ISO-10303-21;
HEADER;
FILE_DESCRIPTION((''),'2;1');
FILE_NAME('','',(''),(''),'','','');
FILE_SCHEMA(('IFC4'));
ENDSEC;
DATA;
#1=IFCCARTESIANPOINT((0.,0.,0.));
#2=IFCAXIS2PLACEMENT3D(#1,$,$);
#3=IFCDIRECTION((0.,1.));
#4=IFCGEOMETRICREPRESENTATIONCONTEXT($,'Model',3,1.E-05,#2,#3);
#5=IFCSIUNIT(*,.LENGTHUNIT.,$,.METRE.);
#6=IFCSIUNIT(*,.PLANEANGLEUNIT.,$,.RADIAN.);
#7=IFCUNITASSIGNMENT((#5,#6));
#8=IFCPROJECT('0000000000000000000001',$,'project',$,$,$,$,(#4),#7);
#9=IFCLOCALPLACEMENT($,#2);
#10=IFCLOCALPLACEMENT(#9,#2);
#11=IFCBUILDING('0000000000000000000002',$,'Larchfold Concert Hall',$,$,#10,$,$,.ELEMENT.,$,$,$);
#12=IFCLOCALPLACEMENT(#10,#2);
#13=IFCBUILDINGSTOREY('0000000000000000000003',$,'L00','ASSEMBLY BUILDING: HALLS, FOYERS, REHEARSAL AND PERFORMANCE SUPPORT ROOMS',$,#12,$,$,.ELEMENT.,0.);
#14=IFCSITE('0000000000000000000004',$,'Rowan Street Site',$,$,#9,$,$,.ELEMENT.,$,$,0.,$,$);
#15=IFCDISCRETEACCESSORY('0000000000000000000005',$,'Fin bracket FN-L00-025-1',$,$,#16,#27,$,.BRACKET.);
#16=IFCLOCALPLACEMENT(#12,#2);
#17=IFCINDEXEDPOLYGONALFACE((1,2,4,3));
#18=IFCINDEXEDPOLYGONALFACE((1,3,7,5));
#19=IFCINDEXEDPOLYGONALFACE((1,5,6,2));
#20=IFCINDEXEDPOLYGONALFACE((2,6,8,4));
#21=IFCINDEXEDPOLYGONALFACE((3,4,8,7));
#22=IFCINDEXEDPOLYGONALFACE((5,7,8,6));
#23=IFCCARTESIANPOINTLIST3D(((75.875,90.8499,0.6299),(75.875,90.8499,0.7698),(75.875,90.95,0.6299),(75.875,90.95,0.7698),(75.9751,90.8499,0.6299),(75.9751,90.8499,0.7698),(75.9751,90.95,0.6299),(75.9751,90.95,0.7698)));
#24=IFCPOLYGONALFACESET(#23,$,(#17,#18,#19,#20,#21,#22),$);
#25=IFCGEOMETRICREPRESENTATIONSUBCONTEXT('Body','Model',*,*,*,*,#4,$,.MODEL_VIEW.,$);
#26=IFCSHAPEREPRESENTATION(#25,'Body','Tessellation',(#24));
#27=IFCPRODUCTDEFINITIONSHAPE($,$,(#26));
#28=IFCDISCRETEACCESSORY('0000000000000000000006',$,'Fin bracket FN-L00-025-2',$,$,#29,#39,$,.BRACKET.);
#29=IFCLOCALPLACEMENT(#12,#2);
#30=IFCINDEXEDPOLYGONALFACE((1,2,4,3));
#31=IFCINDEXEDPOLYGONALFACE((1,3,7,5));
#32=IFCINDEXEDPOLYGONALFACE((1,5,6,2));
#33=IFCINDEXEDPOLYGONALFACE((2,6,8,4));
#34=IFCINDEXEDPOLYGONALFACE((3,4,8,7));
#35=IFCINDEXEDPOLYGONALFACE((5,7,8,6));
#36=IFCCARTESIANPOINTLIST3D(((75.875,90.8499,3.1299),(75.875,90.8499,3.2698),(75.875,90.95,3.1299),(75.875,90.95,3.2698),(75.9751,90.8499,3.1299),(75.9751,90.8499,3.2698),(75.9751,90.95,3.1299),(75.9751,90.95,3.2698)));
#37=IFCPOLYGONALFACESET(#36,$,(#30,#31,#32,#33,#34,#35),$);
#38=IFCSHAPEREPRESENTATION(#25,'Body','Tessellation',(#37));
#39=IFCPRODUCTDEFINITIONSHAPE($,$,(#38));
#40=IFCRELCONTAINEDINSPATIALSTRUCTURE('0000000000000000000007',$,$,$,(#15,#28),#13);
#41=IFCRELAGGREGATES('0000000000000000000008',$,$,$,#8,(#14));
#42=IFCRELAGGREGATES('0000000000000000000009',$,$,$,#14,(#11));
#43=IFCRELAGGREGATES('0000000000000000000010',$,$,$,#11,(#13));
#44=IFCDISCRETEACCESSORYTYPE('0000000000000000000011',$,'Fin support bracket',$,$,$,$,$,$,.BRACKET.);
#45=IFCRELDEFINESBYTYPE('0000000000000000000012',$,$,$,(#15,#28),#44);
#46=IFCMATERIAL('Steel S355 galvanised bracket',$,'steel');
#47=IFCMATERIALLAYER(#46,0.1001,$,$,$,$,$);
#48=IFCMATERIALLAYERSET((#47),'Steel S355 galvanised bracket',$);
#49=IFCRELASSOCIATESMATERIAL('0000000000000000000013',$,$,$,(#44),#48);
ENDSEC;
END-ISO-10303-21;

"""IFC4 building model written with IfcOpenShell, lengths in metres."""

from ifc_helpers import new_model, si_unit, direction, frame, origin, origin_2d, place, context, subcontext, project, spatial, rectangle, extrude, material, layer, layer_set, type_object, element, save


model = new_model("IFC4")

# Units and contexts
model_context = context("Model", 3, precision=1e-05, world=origin(), true_north=direction((0.0, 1.0)))
body_context = subcontext(model_context, "Body", "Model", "MODEL_VIEW")
ifc_project = project(units=[si_unit("LENGTHUNIT", "METRE"), si_unit("PLANEANGLEUNIT", "RADIAN")], contexts=[model_context])

# Site, building, storey
site_placement = place(None, origin())
site = spatial("IfcSite", under=ifc_project, at=site_placement, Name="Rowan Street Site", CompositionType="ELEMENT", RefElevation=0.0)
building_placement = place(site_placement, origin())
building = spatial("IfcBuilding", under=site, at=building_placement, Name="Larchfold Concert Hall", CompositionType="ELEMENT")
storey_placement = place(building_placement, origin())
storey = spatial("IfcBuildingStorey", under=building, at=storey_placement, Name="L00", Description="ASSEMBLY BUILDING: HALLS, FOYERS, REHEARSAL AND PERFORMANCE SUPPORT ROOMS", CompositionType="ELEMENT", Elevation=0.0)

# Discrete accessories
ifc_material_1 = material(Name="Steel S355 galvanised bracket", Category="steel")
ifc_layer_1 = layer(ifc_material_1, 0.1001)
ifc_layer_set_1 = layer_set([ifc_layer_1], Name="Steel S355 galvanised bracket")
discrete_accessory_type = type_object("IfcDiscreteAccessoryType", Name="Fin support bracket", PredefinedType="BRACKET", material=ifc_layer_set_1)
for number, where, z_axis, x_axis, name in (
    (1, (75.925, 90.8999, 0.6299), (0.0, 0.0, 1.0), (-1.0, 0.0, 0.0), "Fin bracket FN-L00-025-1"),
    (2, (75.925, 90.8999, 3.1299), (0.0, 0.0, 1.0), (-1.0, 0.0, 0.0), "Fin bracket FN-L00-025-2"),
):
    element("IfcDiscreteAccessory", number, at=place(storey_placement, frame(where, z_axis=z_axis, x_axis=x_axis)), inside=storey, type_object=discrete_accessory_type, Name=name, PredefinedType="BRACKET", context=body_context, shape_type="SweptSolid", body=[
        extrude(rectangle(XDim=0.1001, YDim=0.1001, at=origin_2d()), origin(), (0.0, 0.0, 1.0), 0.1399),
    ])

save(model, "model.ifc")
